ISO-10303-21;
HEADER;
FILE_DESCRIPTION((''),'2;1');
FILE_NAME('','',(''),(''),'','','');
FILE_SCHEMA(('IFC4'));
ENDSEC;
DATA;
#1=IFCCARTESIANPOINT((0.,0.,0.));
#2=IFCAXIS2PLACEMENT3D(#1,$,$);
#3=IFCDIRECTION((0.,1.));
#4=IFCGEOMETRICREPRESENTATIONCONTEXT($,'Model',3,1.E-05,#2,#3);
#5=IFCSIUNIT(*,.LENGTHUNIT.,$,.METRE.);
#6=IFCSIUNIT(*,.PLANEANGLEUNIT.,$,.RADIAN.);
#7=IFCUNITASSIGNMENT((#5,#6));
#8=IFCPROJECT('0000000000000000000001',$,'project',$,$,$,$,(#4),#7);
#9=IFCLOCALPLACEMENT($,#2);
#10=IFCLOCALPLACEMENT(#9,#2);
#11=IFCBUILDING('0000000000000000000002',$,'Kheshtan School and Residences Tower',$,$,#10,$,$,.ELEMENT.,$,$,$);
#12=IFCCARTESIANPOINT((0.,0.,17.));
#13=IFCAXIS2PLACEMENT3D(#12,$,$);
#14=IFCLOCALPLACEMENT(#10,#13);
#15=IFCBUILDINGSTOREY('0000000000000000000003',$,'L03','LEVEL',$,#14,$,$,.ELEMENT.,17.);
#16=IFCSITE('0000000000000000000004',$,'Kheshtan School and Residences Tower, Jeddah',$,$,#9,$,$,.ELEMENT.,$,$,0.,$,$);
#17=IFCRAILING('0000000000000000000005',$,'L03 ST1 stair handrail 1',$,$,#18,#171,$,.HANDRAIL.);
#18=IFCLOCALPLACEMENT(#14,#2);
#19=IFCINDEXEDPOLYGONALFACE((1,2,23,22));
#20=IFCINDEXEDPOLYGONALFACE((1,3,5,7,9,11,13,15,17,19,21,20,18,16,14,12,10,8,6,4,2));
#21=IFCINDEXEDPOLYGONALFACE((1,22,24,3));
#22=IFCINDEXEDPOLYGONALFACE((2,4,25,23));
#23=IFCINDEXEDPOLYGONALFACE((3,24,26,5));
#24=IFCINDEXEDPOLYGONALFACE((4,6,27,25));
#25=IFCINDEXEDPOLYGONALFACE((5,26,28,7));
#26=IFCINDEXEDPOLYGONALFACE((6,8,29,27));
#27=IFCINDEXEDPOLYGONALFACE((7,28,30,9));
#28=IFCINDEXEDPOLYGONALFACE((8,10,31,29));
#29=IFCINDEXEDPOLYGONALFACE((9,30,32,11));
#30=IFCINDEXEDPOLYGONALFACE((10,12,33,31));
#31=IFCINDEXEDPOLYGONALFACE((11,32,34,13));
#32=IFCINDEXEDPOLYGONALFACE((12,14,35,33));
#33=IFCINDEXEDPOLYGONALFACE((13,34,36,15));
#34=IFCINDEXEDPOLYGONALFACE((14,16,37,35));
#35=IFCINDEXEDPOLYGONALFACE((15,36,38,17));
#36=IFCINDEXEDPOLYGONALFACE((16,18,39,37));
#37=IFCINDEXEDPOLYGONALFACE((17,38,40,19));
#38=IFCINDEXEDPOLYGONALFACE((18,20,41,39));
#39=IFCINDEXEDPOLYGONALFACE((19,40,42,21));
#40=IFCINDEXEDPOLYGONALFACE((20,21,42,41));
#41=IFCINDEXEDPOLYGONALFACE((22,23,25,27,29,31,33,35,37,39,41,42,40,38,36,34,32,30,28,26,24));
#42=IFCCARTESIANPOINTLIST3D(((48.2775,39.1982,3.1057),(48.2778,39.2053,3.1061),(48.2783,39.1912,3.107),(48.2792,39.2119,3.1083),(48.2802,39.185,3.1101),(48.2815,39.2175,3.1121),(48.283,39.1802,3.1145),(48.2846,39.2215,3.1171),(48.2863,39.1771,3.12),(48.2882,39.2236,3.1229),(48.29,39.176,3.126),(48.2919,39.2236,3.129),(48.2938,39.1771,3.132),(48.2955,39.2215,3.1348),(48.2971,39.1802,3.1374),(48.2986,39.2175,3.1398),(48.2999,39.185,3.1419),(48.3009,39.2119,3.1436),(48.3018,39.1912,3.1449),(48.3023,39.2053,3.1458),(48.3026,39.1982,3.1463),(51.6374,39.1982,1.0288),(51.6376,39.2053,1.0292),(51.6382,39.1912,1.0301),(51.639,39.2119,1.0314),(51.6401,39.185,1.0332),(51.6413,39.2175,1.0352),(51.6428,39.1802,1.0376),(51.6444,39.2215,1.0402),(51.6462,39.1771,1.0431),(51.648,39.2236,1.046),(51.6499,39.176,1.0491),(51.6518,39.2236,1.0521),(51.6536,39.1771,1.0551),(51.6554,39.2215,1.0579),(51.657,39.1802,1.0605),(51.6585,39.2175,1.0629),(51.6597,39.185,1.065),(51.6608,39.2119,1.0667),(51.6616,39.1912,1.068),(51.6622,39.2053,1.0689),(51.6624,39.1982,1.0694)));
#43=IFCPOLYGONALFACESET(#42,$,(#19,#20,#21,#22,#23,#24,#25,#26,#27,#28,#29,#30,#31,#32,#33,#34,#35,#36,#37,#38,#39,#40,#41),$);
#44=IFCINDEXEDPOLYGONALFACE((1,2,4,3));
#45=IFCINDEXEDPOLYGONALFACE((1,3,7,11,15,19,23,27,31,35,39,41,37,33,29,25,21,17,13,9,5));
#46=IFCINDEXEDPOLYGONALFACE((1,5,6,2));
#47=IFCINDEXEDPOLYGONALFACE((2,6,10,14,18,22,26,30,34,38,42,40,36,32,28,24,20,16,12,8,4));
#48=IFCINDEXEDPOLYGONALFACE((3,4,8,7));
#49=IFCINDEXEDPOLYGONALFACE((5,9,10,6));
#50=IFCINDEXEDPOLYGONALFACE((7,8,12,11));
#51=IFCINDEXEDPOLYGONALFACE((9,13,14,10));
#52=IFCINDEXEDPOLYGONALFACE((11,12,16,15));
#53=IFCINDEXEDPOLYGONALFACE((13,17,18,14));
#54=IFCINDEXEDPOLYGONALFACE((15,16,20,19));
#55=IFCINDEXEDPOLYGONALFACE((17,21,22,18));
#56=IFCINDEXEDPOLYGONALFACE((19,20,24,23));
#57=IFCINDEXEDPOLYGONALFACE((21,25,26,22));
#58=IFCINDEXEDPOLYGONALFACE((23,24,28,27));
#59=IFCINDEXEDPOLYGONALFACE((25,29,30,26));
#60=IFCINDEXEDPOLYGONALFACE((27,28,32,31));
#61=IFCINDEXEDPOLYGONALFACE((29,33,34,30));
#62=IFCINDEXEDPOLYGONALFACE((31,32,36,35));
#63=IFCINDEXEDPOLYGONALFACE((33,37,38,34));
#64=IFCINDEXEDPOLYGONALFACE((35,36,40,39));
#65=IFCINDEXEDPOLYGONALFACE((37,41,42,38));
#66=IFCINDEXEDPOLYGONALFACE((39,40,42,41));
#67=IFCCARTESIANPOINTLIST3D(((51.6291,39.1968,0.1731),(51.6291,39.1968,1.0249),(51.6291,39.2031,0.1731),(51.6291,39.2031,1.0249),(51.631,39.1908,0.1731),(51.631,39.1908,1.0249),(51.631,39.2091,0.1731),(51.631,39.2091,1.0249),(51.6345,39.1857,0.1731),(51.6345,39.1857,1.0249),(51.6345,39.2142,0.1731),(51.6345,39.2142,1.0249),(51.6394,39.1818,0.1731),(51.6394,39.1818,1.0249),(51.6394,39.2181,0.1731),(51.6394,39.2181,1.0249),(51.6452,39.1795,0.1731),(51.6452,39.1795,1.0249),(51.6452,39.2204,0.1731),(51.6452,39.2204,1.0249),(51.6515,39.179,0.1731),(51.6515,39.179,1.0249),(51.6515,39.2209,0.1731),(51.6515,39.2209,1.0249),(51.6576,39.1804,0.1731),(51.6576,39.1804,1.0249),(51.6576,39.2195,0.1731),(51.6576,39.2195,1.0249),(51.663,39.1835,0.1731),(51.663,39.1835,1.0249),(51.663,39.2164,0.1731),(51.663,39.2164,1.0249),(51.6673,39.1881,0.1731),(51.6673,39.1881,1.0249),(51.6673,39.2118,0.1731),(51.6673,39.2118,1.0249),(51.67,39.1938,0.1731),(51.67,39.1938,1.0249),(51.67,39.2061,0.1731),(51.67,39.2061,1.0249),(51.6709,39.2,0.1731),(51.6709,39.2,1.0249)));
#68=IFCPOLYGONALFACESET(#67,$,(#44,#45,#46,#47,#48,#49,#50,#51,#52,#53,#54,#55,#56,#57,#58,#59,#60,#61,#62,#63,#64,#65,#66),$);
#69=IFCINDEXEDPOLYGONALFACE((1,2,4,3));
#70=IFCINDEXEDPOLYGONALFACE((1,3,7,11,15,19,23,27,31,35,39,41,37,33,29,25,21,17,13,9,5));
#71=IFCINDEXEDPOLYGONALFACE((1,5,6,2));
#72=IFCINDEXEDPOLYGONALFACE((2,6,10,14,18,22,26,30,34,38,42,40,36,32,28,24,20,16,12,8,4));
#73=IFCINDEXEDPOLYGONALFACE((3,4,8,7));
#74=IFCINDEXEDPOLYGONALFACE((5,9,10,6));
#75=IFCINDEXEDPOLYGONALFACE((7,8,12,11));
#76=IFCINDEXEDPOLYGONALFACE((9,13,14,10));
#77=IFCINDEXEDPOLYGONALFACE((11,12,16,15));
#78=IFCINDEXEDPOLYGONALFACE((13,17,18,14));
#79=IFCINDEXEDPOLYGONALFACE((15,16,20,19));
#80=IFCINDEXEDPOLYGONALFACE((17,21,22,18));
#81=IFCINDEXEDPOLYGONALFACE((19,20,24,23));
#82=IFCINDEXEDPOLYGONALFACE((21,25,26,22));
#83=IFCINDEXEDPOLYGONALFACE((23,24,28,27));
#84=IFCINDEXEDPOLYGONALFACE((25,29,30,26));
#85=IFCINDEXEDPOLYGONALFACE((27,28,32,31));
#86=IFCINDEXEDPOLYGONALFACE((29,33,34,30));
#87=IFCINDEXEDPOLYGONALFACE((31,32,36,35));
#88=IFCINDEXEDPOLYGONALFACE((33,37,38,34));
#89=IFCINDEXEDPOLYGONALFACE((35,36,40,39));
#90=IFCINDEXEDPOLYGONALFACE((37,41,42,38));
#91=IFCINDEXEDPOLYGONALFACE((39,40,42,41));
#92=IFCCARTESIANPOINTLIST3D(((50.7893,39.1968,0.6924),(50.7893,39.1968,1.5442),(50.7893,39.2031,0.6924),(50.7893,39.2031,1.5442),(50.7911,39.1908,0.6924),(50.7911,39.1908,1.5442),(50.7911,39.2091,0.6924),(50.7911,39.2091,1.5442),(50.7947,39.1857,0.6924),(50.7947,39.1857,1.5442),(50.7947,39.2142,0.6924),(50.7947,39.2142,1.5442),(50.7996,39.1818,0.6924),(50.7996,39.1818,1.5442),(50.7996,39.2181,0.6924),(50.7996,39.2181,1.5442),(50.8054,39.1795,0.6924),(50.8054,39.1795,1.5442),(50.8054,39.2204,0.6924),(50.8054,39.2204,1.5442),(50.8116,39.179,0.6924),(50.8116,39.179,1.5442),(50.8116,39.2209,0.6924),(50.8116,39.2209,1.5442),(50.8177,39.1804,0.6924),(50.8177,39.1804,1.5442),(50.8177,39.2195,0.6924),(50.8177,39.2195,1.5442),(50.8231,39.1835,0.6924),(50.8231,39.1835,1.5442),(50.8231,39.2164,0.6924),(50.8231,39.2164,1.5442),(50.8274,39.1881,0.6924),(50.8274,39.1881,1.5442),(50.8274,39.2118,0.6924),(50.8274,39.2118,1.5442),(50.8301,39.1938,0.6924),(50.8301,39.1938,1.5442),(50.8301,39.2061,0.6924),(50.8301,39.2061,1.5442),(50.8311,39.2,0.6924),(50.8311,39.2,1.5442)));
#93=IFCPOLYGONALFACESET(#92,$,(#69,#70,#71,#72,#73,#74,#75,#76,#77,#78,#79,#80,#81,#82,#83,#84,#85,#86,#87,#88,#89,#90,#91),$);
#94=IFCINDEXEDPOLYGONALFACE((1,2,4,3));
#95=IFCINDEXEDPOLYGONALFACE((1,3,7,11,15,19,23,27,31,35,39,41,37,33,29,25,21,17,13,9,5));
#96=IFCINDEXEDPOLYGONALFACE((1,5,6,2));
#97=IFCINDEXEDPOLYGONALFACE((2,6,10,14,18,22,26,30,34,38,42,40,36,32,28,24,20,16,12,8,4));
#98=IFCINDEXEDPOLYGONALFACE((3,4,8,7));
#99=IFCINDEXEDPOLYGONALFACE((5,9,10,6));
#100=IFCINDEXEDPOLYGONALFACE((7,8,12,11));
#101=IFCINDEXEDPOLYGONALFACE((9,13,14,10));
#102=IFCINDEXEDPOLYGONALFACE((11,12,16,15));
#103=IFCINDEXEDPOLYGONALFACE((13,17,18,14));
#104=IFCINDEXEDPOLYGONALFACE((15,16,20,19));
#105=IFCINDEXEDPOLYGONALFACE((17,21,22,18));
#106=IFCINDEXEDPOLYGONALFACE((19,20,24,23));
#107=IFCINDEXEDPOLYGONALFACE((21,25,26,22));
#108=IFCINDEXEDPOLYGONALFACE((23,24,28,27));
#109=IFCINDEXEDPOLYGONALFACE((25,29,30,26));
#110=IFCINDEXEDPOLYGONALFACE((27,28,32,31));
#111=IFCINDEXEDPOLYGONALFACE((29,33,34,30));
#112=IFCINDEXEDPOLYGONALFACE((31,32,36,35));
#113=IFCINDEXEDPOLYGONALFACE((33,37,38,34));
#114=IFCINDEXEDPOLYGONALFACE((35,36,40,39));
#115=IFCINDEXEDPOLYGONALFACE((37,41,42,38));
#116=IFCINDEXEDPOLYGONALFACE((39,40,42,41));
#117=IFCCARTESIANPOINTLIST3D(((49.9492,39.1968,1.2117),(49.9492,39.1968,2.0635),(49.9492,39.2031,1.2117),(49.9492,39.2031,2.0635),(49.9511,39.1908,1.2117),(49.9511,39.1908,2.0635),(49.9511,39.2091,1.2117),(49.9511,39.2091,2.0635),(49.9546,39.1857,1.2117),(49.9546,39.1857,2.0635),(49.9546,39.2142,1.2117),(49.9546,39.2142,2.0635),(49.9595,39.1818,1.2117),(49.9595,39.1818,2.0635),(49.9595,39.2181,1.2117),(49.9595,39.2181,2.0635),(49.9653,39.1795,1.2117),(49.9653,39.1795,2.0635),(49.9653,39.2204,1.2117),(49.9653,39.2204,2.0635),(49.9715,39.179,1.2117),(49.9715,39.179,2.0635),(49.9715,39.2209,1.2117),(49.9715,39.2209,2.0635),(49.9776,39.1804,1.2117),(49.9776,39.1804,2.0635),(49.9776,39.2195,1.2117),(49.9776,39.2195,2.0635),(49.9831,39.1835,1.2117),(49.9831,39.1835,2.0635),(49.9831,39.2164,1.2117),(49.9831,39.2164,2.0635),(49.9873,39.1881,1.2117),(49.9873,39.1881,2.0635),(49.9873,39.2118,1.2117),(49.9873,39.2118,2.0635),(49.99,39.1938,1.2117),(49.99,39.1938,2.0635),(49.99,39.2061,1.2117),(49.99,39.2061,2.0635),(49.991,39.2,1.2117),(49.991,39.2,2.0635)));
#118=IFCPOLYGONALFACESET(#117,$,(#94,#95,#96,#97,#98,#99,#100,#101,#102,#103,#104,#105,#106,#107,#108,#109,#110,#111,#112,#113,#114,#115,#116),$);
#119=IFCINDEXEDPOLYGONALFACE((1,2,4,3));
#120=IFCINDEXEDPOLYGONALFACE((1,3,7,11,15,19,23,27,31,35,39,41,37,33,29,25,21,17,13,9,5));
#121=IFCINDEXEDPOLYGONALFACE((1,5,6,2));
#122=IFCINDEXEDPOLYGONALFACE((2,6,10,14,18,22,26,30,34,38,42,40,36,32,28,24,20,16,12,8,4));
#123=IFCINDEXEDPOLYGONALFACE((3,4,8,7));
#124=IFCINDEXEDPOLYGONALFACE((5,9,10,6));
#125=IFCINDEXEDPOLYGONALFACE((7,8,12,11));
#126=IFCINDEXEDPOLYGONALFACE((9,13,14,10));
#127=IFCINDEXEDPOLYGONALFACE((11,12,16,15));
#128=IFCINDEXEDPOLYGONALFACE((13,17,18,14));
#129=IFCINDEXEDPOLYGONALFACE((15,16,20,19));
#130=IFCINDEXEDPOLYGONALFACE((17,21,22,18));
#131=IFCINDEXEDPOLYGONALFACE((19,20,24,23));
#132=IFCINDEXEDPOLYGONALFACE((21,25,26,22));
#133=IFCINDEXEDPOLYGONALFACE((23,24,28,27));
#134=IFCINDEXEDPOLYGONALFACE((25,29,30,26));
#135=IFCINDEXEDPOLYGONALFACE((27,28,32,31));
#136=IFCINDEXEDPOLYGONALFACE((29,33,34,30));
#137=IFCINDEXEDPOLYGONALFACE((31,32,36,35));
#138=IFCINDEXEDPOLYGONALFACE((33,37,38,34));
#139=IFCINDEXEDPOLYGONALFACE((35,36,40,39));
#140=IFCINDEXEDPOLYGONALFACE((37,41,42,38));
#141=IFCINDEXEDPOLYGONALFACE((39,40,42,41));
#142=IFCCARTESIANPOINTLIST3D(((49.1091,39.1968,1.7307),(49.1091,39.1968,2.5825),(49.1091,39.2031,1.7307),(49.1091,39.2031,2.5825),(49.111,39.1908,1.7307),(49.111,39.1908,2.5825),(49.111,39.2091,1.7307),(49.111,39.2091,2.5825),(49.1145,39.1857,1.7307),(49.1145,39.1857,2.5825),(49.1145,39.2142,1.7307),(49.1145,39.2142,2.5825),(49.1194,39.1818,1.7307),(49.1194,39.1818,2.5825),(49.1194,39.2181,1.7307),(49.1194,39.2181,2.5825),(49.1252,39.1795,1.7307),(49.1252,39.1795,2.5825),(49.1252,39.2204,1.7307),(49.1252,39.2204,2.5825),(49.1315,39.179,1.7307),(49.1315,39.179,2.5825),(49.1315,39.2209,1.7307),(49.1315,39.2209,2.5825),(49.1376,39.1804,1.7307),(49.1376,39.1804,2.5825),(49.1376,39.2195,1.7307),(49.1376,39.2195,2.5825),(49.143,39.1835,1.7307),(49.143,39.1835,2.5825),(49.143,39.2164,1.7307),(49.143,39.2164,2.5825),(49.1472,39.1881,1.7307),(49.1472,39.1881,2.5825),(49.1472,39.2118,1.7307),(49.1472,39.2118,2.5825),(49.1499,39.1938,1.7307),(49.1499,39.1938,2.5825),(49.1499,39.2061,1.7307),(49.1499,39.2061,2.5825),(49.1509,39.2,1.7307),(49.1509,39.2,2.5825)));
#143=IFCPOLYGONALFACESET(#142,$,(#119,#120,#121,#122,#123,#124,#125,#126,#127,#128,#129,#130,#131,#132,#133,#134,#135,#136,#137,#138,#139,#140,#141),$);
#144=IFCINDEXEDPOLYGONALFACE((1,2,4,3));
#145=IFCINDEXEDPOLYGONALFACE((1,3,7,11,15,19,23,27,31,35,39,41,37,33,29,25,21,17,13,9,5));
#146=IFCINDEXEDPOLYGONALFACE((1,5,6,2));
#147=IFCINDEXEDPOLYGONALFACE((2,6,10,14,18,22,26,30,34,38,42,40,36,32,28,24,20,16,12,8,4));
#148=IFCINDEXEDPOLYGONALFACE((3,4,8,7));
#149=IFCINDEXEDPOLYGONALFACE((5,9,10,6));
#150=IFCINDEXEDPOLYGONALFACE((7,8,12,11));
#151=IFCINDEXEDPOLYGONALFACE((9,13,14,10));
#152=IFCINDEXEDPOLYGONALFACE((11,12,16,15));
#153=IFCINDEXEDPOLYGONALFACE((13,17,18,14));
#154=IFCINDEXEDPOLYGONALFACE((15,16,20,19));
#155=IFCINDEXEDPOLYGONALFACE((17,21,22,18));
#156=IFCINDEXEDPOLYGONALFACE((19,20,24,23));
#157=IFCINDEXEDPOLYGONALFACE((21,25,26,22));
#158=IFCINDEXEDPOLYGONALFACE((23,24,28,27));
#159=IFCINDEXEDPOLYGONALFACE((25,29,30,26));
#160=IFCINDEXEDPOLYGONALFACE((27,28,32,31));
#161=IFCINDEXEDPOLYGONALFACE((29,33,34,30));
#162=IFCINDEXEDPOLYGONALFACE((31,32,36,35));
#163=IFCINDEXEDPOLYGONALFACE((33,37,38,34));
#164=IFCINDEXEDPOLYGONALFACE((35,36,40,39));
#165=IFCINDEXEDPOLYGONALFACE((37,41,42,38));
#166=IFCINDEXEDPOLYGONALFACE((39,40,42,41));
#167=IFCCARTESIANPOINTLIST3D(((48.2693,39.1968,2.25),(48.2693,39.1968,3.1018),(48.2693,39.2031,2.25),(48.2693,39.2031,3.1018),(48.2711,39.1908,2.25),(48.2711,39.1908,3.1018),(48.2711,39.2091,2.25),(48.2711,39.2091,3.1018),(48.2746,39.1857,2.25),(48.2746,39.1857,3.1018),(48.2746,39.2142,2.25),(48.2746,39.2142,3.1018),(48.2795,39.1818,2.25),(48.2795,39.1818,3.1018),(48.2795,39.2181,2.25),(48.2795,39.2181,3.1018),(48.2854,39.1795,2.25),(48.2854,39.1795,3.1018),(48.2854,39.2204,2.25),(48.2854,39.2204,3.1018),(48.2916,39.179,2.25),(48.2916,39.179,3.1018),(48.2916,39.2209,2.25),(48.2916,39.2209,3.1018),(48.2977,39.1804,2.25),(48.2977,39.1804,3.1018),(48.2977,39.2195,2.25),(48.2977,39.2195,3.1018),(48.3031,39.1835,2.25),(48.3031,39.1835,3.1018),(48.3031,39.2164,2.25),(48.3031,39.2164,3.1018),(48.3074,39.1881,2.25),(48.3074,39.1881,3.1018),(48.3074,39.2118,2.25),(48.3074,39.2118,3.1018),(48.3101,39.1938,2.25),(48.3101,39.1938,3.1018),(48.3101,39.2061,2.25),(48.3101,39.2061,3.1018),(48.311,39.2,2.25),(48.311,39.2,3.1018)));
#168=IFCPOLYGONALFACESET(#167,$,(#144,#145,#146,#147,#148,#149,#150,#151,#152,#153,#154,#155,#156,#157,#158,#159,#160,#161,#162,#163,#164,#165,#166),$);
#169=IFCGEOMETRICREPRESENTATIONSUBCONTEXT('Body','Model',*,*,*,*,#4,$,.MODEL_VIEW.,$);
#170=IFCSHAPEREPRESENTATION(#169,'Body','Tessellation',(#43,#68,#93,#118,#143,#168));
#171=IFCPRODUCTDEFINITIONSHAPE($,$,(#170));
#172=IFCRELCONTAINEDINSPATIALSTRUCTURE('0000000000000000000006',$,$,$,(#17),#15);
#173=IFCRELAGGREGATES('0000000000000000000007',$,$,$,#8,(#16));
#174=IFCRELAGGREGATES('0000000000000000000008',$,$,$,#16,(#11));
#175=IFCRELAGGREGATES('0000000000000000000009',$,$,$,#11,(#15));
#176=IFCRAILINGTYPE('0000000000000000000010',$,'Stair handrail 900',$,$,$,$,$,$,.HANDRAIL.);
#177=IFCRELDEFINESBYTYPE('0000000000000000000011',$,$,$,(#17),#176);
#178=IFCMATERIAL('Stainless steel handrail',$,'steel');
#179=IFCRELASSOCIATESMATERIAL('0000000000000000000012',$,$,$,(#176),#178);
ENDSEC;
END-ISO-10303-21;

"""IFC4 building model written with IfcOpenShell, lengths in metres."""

from ifc_helpers import new_model, si_unit, direction, frame, origin, origin_2d, place, context, subcontext, project, spatial, circle, extrude, material, type_object, element, save


model = new_model("IFC4")

# Units and contexts
model_context = context("Model", 3, precision=1e-05, world=origin(), true_north=direction((0.0, 1.0)))
body_context = subcontext(model_context, "Body", "Model", "MODEL_VIEW")
ifc_project = project(units=[si_unit("LENGTHUNIT", "METRE"), si_unit("PLANEANGLEUNIT", "RADIAN")], contexts=[model_context])

# Site, building, storey
site_placement = place(None, origin())
site = spatial("IfcSite", under=ifc_project, at=site_placement, Name="Kheshtan School and Residences Tower, Jeddah", CompositionType="ELEMENT", RefElevation=0.0)
building_placement = place(site_placement, origin())
building = spatial("IfcBuilding", under=site, at=building_placement, Name="Kheshtan School and Residences Tower", CompositionType="ELEMENT")
storey_placement = place(building_placement, frame((0.0, 0.0, 17.0)))
storey = spatial("IfcBuildingStorey", under=building, at=storey_placement, Name="L03", Description="LEVEL", CompositionType="ELEMENT", Elevation=17.0)

# Railing
ifc_material_1 = material(Name="Stainless steel handrail", Category="steel")
railing_type_1 = type_object("IfcRailingType", Name="Stair handrail 900", PredefinedType="HANDRAIL", material=ifc_material_1)
railing_1_placement = place(storey_placement, frame((51.6499, 39.2, 0.1731)))
element("IfcRailing", 1, at=railing_1_placement, inside=storey, type_object=railing_type_1, Name="L03 ST1 stair handrail 1", PredefinedType="HANDRAIL", context=body_context, shape_type="SweptSolid", body=[
    extrude(circle(Radius=0.0239, at=origin_2d()), frame((0.0, 0.0, 0.876), z_axis=(-0.850606, 0.0, 0.525803), x_axis=(0.0, -1.0, 0.0)), (0.0, 0.0, 1.0), 3.95),
    extrude(circle(Radius=0.021, at=origin_2d()), origin(), (0.0, 0.0, 1.0), 0.8518),
    extrude(circle(Radius=0.021, at=origin_2d()), frame((-0.8398, 0.0, 0.5193)), (0.0, 0.0, 1.0), 0.8518),
    extrude(circle(Radius=0.021, at=origin_2d()), frame((-1.6799, 0.0, 1.0386)), (0.0, 0.0, 1.0), 0.8518),
    extrude(circle(Radius=0.021, at=origin_2d()), frame((-2.52, 0.0, 1.5576)), (0.0, 0.0, 1.0), 0.8518),
    extrude(circle(Radius=0.021, at=origin_2d()), frame((-3.3599, 0.0, 2.0769)), (0.0, 0.0, 1.0), 0.8518),
])

save(model, "model.ifc")
